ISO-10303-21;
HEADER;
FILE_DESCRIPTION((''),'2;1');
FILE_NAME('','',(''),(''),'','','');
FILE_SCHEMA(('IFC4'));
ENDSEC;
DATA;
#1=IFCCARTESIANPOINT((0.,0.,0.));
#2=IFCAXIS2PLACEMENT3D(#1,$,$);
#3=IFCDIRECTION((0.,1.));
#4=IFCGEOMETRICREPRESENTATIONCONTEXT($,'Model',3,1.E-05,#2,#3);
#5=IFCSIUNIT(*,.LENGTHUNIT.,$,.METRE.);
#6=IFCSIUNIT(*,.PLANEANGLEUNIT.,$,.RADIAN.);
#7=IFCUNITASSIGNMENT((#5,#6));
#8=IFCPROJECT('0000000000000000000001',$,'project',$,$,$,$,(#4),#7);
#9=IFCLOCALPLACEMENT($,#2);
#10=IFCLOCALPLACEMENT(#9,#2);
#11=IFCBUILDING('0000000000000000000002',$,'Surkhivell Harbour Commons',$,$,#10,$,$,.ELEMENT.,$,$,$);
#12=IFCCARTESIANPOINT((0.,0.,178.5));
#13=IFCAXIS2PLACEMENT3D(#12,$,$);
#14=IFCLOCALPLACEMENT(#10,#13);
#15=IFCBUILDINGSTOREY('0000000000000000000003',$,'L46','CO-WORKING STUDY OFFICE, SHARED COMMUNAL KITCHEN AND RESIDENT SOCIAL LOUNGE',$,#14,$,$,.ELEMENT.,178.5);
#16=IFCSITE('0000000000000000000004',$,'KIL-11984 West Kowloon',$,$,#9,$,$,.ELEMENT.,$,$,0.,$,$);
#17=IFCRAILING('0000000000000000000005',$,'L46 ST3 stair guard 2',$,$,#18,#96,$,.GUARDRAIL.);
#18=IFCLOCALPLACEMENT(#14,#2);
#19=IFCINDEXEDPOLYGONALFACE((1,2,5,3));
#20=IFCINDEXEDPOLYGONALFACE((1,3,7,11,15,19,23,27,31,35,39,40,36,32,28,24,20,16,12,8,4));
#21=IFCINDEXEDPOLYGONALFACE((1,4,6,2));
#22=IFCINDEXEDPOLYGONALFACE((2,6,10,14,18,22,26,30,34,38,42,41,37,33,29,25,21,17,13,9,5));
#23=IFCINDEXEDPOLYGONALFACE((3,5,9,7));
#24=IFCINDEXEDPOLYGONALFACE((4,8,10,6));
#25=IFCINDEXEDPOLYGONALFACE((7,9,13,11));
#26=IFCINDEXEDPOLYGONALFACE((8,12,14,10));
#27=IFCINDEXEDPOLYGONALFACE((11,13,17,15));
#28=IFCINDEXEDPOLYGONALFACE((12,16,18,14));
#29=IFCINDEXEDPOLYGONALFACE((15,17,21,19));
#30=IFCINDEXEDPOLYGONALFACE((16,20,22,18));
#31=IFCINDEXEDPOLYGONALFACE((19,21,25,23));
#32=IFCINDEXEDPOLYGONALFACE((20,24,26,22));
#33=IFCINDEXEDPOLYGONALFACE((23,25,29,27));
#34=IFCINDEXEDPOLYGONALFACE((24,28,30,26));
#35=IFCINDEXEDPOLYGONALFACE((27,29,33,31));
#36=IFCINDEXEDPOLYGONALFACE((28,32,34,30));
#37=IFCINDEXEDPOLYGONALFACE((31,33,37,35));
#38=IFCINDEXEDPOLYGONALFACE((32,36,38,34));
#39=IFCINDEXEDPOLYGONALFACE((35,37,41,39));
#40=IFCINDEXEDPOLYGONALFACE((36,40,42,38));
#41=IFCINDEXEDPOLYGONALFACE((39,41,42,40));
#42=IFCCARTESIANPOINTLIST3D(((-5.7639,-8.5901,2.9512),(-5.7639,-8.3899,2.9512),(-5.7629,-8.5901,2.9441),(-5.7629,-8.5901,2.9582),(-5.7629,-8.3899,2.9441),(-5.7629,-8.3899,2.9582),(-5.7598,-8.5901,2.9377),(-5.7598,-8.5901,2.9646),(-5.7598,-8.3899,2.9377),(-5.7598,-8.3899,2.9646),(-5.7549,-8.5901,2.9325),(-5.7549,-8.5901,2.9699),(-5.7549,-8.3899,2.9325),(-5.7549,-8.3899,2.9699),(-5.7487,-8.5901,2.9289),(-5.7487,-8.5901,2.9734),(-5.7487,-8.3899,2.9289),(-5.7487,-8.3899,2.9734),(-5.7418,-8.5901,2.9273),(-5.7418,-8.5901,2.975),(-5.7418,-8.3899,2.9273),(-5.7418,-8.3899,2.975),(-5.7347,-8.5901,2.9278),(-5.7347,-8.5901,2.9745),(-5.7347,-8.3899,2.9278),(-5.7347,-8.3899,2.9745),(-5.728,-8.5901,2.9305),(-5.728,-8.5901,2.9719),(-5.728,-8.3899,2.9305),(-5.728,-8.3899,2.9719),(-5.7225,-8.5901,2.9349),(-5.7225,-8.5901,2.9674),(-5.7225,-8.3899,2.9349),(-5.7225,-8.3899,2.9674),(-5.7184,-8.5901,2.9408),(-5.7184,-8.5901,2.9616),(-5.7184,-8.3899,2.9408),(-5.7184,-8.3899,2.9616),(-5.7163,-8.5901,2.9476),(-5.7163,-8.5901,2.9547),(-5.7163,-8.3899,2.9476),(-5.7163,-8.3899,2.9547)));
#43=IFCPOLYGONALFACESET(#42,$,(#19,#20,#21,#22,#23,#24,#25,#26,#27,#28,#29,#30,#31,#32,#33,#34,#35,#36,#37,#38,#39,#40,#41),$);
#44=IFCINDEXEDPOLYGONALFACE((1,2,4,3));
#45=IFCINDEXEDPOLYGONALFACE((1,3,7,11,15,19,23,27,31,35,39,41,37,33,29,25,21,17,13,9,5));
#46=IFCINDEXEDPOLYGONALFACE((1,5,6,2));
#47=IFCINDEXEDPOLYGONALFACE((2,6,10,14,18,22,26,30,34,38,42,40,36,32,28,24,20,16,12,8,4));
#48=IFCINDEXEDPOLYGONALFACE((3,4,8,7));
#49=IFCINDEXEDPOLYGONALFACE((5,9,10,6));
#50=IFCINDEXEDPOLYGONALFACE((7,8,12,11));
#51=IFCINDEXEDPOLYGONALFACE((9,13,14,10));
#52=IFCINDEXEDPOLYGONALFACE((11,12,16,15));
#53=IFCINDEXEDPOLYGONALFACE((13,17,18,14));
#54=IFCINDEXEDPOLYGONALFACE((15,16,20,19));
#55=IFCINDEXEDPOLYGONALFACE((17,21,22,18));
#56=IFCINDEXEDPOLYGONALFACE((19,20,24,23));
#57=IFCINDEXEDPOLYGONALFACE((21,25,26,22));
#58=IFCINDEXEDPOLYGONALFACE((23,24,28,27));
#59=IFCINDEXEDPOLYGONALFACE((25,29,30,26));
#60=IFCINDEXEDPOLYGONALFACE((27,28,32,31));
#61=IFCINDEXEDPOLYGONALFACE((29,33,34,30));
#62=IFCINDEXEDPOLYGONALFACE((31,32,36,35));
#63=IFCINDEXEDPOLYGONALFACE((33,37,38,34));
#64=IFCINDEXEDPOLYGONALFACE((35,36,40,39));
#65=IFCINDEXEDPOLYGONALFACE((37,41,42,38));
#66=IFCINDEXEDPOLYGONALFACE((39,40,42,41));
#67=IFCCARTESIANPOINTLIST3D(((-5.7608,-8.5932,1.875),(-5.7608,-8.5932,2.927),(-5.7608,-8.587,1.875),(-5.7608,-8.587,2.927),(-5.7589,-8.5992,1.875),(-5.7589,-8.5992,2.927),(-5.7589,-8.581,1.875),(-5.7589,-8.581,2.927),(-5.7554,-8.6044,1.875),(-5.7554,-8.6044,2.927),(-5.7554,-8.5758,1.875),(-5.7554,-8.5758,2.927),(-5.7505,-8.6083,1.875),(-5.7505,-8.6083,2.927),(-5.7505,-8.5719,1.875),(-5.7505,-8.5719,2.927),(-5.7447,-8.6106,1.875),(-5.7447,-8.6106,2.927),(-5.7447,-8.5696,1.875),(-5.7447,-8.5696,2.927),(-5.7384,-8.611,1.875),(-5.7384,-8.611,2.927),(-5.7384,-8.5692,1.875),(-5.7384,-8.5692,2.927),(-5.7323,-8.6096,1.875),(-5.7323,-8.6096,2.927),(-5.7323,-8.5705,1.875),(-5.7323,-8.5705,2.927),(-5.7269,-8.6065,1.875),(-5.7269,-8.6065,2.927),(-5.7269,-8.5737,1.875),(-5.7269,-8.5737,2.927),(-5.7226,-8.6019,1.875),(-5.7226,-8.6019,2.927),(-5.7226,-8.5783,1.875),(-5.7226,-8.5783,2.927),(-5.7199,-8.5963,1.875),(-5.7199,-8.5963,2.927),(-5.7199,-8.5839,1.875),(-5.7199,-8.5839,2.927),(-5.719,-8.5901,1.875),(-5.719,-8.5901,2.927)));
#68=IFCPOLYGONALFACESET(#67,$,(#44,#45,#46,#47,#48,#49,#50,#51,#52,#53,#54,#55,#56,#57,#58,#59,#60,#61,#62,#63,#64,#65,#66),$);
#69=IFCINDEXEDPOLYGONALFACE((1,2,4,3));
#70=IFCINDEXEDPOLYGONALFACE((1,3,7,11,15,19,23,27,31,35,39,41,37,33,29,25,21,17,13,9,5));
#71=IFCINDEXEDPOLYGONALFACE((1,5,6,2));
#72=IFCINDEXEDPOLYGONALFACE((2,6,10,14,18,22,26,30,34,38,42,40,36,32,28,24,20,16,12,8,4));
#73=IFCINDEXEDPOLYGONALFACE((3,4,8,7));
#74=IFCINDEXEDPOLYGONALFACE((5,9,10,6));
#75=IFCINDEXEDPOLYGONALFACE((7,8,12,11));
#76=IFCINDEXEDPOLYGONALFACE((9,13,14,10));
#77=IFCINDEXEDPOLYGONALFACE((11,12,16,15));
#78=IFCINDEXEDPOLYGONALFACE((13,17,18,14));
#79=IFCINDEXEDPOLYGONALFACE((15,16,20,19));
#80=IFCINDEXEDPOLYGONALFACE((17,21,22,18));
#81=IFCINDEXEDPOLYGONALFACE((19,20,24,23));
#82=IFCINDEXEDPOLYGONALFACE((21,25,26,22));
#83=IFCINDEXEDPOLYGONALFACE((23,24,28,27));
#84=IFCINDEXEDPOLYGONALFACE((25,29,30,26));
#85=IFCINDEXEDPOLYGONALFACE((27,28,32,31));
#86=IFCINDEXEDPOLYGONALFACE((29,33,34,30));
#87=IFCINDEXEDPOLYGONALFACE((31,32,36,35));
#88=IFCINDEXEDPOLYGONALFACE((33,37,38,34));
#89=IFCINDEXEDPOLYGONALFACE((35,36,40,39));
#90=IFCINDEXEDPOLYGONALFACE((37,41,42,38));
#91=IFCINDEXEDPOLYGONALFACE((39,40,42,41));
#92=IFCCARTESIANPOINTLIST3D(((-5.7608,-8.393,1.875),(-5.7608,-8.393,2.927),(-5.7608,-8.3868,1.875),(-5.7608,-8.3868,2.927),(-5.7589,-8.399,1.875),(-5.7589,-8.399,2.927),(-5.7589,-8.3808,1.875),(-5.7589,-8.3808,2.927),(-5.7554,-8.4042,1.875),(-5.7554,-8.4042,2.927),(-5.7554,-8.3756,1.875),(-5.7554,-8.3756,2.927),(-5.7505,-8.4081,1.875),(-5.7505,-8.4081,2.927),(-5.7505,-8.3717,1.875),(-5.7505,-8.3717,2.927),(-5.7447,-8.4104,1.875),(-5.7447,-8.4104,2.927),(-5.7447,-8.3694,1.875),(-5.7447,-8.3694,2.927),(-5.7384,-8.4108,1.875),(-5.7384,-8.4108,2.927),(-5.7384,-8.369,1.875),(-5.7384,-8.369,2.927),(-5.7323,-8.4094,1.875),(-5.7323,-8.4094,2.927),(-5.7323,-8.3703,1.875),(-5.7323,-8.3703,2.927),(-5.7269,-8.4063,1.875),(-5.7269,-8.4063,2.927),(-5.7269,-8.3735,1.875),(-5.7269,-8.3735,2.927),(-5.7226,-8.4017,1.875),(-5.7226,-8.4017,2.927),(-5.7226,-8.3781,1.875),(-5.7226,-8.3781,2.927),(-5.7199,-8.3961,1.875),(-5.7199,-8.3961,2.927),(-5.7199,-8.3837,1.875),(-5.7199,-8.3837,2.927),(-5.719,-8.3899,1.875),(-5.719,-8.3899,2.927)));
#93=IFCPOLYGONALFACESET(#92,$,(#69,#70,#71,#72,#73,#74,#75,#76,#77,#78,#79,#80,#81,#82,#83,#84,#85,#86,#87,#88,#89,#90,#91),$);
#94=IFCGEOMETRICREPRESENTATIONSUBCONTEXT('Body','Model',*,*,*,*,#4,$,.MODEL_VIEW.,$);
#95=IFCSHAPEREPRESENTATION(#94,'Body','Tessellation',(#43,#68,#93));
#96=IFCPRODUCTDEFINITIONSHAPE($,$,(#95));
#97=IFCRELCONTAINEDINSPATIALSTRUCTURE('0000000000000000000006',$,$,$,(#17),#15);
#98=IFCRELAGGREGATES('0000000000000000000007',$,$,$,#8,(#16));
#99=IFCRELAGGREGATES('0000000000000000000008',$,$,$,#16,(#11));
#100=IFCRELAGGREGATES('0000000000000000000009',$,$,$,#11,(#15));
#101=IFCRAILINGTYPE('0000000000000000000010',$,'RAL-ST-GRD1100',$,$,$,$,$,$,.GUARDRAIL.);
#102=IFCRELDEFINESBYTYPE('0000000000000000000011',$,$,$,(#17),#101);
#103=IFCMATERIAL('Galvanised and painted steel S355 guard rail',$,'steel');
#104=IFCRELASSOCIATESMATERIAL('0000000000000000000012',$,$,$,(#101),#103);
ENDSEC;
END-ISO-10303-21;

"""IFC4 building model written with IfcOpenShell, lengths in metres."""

from ifc_helpers import new_model, si_unit, direction, frame, origin, origin_2d, place, context, subcontext, project, spatial, circle, extrude, material, type_object, element, save


model = new_model("IFC4")

# Units and contexts
model_context = context("Model", 3, precision=1e-05, world=origin(), true_north=direction((0.0, 1.0)))
body_context = subcontext(model_context, "Body", "Model", "MODEL_VIEW")
ifc_project = project(units=[si_unit("LENGTHUNIT", "METRE"), si_unit("PLANEANGLEUNIT", "RADIAN")], contexts=[model_context])

# Site, building, storey
site_placement = place(None, origin())
site = spatial("IfcSite", under=ifc_project, at=site_placement, Name="KIL-11984 West Kowloon", CompositionType="ELEMENT", RefElevation=0.0)
building_placement = place(site_placement, origin())
building = spatial("IfcBuilding", under=site, at=building_placement, Name="Surkhivell Harbour Commons", CompositionType="ELEMENT")
storey_placement = place(building_placement, frame((0.0, 0.0, 178.5)))
storey = spatial("IfcBuildingStorey", under=building, at=storey_placement, Name="L46", Description="CO-WORKING STUDY OFFICE, SHARED COMMUNAL KITCHEN AND RESIDENT SOCIAL LOUNGE", CompositionType="ELEMENT", Elevation=178.5)

# Railing
ifc_material_1 = material(Name="Galvanised and painted steel S355 guard rail", Category="steel")
railing_type_1 = type_object("IfcRailingType", Name="RAL-ST-GRD1100", PredefinedType="GUARDRAIL", material=ifc_material_1)
railing_1_placement = place(storey_placement, frame((-5.74, -8.5901, 1.875)))
element("IfcRailing", 1, at=railing_1_placement, inside=storey, type_object=railing_type_1, Name="L46 ST3 stair guard 2", PredefinedType="GUARDRAIL", context=body_context, shape_type="SweptSolid", body=[
    extrude(circle(Radius=0.0239, at=origin_2d()), frame((0.0, 0.0, 1.0762), z_axis=(0.0, 1.0, 0.0), x_axis=(-1.0, 0.0, 0.0)), (0.0, 0.0, 1.0), 0.2002),
    extrude(circle(Radius=0.021, at=origin_2d()), origin(), (0.0, 0.0, 1.0), 1.052),
    extrude(circle(Radius=0.021, at=origin_2d()), frame((0.0, 0.2002, 0.0)), (0.0, 0.0, 1.0), 1.052),
])

save(model, "model.ifc")
